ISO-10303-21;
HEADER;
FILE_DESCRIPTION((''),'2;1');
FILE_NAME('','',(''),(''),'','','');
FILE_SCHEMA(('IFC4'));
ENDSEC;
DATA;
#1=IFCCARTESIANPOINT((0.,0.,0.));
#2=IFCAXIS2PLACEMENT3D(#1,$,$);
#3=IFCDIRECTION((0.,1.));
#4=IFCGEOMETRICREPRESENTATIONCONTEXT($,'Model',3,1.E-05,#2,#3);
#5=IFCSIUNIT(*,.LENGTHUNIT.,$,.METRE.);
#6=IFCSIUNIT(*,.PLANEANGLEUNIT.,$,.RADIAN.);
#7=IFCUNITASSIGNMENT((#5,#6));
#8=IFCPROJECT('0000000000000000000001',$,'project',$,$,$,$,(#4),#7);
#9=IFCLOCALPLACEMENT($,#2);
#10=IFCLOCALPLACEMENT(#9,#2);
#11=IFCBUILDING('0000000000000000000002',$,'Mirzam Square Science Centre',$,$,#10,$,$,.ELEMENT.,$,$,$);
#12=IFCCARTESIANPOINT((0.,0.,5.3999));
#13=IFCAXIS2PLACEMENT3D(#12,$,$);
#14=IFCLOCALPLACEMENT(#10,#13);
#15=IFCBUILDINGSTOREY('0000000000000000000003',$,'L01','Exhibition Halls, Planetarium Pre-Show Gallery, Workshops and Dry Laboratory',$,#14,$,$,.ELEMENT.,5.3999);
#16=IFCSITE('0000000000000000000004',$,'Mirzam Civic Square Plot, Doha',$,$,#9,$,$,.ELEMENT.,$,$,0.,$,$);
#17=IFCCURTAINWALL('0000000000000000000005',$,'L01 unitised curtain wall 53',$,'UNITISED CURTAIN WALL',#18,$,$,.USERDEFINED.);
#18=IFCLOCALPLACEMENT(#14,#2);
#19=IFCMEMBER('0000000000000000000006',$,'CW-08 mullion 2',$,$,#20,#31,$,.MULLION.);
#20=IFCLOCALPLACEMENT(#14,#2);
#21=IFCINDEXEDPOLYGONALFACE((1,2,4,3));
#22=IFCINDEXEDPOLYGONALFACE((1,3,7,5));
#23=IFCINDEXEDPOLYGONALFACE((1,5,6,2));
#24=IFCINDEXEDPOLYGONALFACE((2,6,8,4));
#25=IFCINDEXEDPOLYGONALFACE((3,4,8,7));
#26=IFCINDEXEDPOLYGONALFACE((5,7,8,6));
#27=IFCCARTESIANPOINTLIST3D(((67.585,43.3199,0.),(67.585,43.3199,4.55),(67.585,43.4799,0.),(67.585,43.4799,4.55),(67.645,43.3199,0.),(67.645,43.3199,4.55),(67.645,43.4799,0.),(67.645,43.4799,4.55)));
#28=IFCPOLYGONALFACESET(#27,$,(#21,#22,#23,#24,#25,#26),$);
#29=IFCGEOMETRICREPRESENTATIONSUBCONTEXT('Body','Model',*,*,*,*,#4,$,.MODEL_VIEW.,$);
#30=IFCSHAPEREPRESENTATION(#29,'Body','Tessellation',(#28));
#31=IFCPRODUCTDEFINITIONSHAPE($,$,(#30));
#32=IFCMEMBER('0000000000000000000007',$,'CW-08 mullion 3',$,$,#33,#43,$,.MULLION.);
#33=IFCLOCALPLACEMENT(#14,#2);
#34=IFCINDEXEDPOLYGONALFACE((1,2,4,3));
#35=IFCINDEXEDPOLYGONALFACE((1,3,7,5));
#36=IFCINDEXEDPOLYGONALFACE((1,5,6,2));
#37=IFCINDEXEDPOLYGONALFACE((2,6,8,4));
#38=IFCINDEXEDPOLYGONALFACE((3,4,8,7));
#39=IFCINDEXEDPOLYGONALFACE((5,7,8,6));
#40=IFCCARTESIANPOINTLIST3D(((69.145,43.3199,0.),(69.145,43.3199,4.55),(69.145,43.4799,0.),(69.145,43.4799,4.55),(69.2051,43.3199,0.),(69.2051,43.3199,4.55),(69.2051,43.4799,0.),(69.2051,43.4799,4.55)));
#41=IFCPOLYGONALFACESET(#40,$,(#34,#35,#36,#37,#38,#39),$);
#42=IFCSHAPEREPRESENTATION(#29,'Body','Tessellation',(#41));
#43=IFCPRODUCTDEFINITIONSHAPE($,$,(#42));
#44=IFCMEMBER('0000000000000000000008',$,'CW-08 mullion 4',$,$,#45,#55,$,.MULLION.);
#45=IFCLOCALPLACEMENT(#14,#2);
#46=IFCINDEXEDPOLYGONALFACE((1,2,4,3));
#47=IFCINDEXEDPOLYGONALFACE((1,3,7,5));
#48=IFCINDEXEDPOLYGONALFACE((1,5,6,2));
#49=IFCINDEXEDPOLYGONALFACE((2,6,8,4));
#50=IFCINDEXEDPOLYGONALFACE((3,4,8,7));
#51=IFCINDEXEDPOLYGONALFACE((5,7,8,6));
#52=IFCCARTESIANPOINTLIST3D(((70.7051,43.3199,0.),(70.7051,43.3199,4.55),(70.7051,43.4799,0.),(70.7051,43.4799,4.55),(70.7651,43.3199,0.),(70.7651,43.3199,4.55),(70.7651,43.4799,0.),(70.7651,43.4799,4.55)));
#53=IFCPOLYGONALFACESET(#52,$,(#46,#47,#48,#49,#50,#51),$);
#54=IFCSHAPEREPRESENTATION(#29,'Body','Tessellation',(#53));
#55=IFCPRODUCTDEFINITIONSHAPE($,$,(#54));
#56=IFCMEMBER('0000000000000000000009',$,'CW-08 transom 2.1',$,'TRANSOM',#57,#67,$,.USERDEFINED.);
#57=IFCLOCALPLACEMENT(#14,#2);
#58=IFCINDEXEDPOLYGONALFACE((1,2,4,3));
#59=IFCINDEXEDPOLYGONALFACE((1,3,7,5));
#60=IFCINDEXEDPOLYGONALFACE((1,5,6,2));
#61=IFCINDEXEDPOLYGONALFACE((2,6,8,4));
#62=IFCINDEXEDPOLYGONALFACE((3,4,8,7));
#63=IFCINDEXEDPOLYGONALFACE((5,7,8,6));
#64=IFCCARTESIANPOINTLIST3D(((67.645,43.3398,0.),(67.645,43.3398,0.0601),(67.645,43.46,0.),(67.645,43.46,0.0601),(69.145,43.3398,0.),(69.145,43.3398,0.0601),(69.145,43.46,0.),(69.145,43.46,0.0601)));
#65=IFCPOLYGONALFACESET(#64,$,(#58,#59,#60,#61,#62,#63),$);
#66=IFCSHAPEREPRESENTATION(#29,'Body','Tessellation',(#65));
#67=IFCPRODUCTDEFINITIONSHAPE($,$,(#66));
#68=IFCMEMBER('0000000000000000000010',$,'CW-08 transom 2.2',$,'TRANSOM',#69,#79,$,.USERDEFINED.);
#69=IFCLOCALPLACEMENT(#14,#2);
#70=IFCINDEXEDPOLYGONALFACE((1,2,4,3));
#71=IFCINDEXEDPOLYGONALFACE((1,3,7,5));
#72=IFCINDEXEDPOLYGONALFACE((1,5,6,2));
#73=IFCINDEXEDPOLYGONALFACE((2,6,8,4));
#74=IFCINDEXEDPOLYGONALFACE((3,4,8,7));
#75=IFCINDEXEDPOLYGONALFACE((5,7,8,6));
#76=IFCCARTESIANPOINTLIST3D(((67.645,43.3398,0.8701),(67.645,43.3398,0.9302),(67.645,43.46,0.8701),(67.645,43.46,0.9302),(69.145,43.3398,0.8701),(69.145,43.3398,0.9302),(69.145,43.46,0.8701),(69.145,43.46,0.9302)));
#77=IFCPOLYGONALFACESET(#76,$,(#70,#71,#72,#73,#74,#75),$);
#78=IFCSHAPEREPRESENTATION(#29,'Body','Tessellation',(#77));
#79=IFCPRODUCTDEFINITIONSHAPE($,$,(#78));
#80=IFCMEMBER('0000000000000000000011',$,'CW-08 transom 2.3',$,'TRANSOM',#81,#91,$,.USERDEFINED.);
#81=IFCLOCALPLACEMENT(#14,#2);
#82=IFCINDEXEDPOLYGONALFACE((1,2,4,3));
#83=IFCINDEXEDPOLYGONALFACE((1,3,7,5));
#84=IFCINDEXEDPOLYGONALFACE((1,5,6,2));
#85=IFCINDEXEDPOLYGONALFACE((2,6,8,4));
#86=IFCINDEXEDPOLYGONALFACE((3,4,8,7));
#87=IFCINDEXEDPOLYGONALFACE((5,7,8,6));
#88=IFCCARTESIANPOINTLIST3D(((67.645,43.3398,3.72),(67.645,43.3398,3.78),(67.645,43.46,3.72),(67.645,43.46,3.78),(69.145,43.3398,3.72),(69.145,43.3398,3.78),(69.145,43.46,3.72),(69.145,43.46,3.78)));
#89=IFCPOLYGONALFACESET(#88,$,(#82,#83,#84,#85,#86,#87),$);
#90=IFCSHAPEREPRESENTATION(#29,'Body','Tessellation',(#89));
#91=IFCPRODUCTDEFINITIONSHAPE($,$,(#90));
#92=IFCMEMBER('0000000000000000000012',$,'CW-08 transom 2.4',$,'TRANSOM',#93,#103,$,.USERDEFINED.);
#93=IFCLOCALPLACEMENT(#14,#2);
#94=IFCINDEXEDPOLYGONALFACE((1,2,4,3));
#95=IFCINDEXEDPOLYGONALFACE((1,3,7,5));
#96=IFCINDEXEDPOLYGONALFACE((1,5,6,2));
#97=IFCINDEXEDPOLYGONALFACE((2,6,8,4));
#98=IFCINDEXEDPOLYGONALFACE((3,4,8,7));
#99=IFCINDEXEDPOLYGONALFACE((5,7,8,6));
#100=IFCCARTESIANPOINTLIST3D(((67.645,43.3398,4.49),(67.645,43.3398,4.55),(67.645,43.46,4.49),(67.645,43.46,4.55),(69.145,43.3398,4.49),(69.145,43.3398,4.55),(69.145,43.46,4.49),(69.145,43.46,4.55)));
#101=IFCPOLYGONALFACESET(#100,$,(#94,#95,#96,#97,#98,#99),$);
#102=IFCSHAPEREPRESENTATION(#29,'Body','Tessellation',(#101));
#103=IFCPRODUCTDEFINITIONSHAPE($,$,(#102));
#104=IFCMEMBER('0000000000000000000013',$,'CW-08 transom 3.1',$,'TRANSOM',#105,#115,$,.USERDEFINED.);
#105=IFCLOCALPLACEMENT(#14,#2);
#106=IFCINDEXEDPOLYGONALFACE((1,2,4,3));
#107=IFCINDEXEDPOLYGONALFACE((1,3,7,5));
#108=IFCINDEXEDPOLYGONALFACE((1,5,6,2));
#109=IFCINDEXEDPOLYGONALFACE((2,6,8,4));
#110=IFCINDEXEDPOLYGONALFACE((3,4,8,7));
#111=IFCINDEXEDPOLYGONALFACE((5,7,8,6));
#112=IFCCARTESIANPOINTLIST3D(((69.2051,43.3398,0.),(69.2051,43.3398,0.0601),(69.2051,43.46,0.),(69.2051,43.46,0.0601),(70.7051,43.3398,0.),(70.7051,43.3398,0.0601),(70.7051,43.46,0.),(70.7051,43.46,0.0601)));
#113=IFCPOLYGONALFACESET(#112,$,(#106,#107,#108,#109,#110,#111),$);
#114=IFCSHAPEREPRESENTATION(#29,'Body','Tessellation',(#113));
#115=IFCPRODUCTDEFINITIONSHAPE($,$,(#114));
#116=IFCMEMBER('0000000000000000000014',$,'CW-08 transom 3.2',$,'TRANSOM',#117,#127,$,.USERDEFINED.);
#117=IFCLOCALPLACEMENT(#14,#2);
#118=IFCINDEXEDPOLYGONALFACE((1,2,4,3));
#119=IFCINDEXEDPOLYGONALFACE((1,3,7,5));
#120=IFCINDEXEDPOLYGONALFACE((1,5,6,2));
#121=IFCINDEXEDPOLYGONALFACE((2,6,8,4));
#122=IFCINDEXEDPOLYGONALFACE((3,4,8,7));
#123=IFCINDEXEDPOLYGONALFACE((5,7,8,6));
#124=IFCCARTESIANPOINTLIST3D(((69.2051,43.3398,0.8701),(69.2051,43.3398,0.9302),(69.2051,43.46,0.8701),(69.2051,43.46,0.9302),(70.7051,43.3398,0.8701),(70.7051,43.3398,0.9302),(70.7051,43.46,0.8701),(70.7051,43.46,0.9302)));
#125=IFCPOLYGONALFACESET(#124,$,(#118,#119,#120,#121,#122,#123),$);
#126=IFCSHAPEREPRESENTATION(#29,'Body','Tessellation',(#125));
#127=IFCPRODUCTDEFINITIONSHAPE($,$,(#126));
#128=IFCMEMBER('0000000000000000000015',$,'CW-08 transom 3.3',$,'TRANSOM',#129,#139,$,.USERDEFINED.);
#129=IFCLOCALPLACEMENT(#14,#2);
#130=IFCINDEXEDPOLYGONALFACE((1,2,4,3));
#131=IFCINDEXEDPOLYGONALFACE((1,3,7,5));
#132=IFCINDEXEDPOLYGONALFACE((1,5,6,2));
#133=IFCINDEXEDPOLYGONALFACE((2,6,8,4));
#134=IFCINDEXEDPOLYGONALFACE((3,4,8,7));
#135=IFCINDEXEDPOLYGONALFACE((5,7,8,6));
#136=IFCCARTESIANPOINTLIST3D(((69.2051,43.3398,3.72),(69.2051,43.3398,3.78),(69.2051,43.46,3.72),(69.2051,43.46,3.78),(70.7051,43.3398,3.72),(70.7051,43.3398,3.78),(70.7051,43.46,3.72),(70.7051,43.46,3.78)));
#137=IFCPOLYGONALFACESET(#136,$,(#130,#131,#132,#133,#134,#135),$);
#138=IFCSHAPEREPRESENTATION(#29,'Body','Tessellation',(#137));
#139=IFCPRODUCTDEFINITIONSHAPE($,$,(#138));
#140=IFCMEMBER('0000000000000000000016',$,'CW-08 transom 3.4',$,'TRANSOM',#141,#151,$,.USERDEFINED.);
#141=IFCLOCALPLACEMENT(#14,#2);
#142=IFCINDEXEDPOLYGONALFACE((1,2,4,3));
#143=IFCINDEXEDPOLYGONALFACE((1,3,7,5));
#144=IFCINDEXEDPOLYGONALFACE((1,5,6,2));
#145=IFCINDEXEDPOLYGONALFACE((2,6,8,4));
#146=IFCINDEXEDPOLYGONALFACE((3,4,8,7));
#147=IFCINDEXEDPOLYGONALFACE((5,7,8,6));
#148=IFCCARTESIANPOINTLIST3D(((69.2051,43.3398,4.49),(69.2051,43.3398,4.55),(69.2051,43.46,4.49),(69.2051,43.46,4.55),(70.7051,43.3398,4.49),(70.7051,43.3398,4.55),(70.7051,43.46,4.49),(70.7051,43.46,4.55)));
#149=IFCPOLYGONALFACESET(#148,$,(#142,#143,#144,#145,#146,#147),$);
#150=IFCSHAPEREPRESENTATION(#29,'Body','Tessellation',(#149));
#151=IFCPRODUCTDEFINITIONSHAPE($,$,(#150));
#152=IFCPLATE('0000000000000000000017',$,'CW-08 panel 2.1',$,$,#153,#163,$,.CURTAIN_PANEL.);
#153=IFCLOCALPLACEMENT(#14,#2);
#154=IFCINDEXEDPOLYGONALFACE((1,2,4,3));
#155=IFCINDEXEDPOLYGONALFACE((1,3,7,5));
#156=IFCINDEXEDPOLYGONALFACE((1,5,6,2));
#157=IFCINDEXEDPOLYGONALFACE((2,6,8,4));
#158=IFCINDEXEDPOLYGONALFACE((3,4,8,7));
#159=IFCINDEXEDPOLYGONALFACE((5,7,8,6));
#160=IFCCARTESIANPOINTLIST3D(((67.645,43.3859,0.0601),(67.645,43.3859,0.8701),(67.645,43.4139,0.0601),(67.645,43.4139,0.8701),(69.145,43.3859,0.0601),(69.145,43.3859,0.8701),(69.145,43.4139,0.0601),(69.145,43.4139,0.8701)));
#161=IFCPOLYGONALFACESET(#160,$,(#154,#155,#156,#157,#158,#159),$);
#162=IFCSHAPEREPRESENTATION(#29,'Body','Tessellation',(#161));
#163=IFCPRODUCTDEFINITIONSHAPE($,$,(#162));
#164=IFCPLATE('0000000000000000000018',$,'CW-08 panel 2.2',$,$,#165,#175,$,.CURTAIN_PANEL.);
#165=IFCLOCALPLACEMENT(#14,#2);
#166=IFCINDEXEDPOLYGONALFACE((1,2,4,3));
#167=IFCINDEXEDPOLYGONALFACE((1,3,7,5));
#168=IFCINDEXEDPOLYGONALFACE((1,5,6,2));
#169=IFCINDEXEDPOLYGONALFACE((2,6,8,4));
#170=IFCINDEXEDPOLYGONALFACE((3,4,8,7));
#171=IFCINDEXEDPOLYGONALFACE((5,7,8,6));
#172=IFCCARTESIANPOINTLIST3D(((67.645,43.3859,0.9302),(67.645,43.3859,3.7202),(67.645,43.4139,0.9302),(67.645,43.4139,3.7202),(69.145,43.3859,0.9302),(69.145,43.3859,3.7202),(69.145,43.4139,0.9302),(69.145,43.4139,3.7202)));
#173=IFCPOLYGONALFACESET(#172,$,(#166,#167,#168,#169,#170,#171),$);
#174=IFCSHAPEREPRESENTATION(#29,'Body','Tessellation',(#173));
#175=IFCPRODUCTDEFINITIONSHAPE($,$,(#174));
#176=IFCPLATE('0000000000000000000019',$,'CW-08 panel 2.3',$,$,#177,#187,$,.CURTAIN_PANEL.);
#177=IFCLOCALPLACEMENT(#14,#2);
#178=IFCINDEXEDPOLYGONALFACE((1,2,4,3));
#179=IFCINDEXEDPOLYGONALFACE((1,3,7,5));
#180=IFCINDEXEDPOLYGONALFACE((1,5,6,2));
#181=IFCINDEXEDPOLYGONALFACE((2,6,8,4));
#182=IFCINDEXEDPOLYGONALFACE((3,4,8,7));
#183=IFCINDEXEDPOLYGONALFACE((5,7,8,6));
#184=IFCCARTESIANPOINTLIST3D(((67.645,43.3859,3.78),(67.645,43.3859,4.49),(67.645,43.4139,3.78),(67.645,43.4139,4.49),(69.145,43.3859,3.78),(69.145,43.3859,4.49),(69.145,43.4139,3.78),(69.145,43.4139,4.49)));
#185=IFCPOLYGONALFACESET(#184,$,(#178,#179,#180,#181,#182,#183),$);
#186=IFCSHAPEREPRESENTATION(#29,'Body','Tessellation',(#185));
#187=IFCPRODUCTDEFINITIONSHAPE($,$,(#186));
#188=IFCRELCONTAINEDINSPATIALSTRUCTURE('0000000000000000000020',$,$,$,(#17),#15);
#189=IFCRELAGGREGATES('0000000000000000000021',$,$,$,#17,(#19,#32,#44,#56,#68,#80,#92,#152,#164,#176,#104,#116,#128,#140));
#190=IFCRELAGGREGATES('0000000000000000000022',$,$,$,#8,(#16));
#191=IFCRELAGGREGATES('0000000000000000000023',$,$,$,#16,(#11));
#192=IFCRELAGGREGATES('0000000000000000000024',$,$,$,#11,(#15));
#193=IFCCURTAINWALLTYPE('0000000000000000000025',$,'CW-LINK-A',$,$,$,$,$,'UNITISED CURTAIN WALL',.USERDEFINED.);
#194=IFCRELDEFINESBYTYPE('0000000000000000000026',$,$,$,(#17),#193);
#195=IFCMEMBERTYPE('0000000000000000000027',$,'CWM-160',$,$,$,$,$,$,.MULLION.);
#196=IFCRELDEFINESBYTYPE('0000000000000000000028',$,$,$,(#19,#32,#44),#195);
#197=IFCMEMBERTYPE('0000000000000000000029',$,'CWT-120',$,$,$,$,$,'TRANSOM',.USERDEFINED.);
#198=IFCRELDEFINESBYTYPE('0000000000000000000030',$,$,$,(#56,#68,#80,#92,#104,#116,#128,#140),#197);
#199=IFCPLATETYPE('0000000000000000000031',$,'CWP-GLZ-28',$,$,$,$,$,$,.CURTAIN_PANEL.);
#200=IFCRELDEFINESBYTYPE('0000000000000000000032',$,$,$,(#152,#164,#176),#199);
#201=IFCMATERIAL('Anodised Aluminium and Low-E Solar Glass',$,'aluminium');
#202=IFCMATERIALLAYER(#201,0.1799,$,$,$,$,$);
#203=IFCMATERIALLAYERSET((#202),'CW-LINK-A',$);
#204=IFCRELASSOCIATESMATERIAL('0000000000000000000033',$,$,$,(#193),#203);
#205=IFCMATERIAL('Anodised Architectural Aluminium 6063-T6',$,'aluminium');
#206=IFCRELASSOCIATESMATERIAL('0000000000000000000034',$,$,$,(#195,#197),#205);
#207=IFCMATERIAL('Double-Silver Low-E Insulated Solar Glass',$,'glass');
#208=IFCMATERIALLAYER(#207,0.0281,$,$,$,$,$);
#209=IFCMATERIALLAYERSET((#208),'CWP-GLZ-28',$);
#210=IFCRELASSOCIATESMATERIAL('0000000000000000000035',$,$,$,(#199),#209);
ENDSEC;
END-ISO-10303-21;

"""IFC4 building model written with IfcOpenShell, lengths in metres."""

from ifc_helpers import new_model, si_unit, direction, frame, origin, origin_2d, place, context, subcontext, project, spatial, rectangle, extrude, material, layer, layer_set, material_profile, profile_set, type_object, element, aggregate, save


model = new_model("IFC4")

# Units and contexts
model_context = context("Model", 3, precision=1e-05, world=origin(), true_north=direction((0.0, 1.0)))
body_context = subcontext(model_context, "Body", "Model", "MODEL_VIEW")
ifc_project = project(units=[si_unit("LENGTHUNIT", "METRE"), si_unit("PLANEANGLEUNIT", "RADIAN")], contexts=[model_context])

# Site, building, storey
site_placement = place(None, origin())
site = spatial("IfcSite", under=ifc_project, at=site_placement, Name="Mirzam Civic Square Plot, Doha", CompositionType="ELEMENT", RefElevation=0.0)
building_placement = place(site_placement, origin())
building = spatial("IfcBuilding", under=site, at=building_placement, Name="Mirzam Square Science Centre", CompositionType="ELEMENT")
storey_placement = place(building_placement, frame((0.0, 0.0, 5.3999)))
storey = spatial("IfcBuildingStorey", under=building, at=storey_placement, Name="L01", Description="Exhibition Halls, Planetarium Pre-Show Gallery, Workshops and Dry Laboratory", CompositionType="ELEMENT", Elevation=5.3999)

# Curtain wall, members, plates
ifc_material_1 = material(Name="Anodised Aluminium and Low-E Solar Glass", Category="aluminium")
ifc_layer_1 = layer(ifc_material_1, 0.1799)
ifc_layer_set_1 = layer_set([ifc_layer_1], Name="CW-LINK-A")
curtain_wall_type = type_object("IfcCurtainWallType", Name="CW-LINK-A", ElementType="UNITISED CURTAIN WALL", PredefinedType="USERDEFINED", material=ifc_layer_set_1)
curtain_wall_placement = place(storey_placement, origin())
curtain_wall = element("IfcCurtainWall", 1, at=curtain_wall_placement, inside=storey, type_object=curtain_wall_type, Name="L01 unitised curtain wall 53", ObjectType="UNITISED CURTAIN WALL", PredefinedType="USERDEFINED")
ifc_material_2 = material(Name="Anodised Architectural Aluminium 6063-T6", Category="aluminium")
ifc_material_profile_1 = material_profile(ifc_material_2, rectangle(XDim=0.0601, YDim=0.1599, at=origin_2d()), Name="ALU-MULL-160x60x4")
ifc_profile_set_1 = profile_set([ifc_material_profile_1], Name="Anodised Architectural Aluminium 6063-T6")
member_type_1 = type_object("IfcMemberType", Name="CWM-160", PredefinedType="MULLION", material=ifc_profile_set_1)
member_1_placement = place(storey_placement, frame((67.615, 43.3999, 0.0), z_axis=(0.0, 0.0, 1.0), x_axis=(1.0, 0.0, 0.0)))
member_1 = element("IfcMember", 2, at=member_1_placement, type_object=member_type_1, Name="CW-08 mullion 2", PredefinedType="MULLION", context=body_context, shape_type="SweptSolid", body=[
    extrude(rectangle(XDim=0.0601, YDim=0.1599, at=origin_2d()), origin(), (0.0, 0.0, 1.0), 4.55),
])
member_2_placement = place(storey_placement, frame((69.175, 43.3999, 0.0), z_axis=(0.0, 0.0, 1.0), x_axis=(1.0, 0.0, 0.0)))
member_2 = element("IfcMember", 3, at=member_2_placement, type_object=member_type_1, Name="CW-08 mullion 3", PredefinedType="MULLION", context=body_context, shape_type="SweptSolid", body=[
    extrude(rectangle(XDim=0.0601, YDim=0.1599, at=origin_2d()), origin(), (0.0, 0.0, 1.0), 4.55),
])
member_3_placement = place(storey_placement, frame((70.7351, 43.3999, 0.0), z_axis=(0.0, 0.0, 1.0), x_axis=(1.0, 0.0, 0.0)))
member_3 = element("IfcMember", 4, at=member_3_placement, type_object=member_type_1, Name="CW-08 mullion 4", PredefinedType="MULLION", context=body_context, shape_type="SweptSolid", body=[
    extrude(rectangle(XDim=0.0601, YDim=0.1599, at=origin_2d()), origin(), (0.0, 0.0, 1.0), 4.55),
])
ifc_material_profile_2 = material_profile(ifc_material_2, rectangle(XDim=0.1201, YDim=0.0601, at=origin_2d()), Name="ALU-TRAN-120x60x4")
ifc_profile_set_2 = profile_set([ifc_material_profile_2], Name="Anodised Architectural Aluminium 6063-T6")
member_type_2 = type_object("IfcMemberType", Name="CWT-120", ElementType="TRANSOM", PredefinedType="USERDEFINED", material=ifc_profile_set_2)
member_4_placement = place(storey_placement, frame((67.645, 43.3999, 0.03), z_axis=(1.0, 0.0, 0.0), x_axis=(0.0, 1.0, 0.0)))
member_4 = element("IfcMember", 5, at=member_4_placement, type_object=member_type_2, Name="CW-08 transom 2.1", ObjectType="TRANSOM", PredefinedType="USERDEFINED", context=body_context, shape_type="SweptSolid", body=[
    extrude(rectangle(XDim=0.1201, YDim=0.0601, at=origin_2d()), origin(), (0.0, 0.0, 1.0), 1.5),
])
member_5_placement = place(storey_placement, frame((67.645, 43.3999, 0.9001), z_axis=(1.0, 0.0, 0.0), x_axis=(0.0, 1.0, 0.0)))
member_5 = element("IfcMember", 6, at=member_5_placement, type_object=member_type_2, Name="CW-08 transom 2.2", ObjectType="TRANSOM", PredefinedType="USERDEFINED", context=body_context, shape_type="SweptSolid", body=[
    extrude(rectangle(XDim=0.1201, YDim=0.0601, at=origin_2d()), origin(), (0.0, 0.0, 1.0), 1.5),
])
member_6_placement = place(storey_placement, frame((67.645, 43.3999, 3.75), z_axis=(1.0, 0.0, 0.0), x_axis=(0.0, 1.0, 0.0)))
member_6 = element("IfcMember", 7, at=member_6_placement, type_object=member_type_2, Name="CW-08 transom 2.3", ObjectType="TRANSOM", PredefinedType="USERDEFINED", context=body_context, shape_type="SweptSolid", body=[
    extrude(rectangle(XDim=0.1201, YDim=0.0601, at=origin_2d()), origin(), (0.0, 0.0, 1.0), 1.5),
])
member_7_placement = place(storey_placement, frame((67.645, 43.3999, 4.52), z_axis=(1.0, 0.0, 0.0), x_axis=(0.0, 1.0, 0.0)))
member_7 = element("IfcMember", 8, at=member_7_placement, type_object=member_type_2, Name="CW-08 transom 2.4", ObjectType="TRANSOM", PredefinedType="USERDEFINED", context=body_context, shape_type="SweptSolid", body=[
    extrude(rectangle(XDim=0.1201, YDim=0.0601, at=origin_2d()), origin(), (0.0, 0.0, 1.0), 1.5),
])
member_8_placement = place(storey_placement, frame((69.2051, 43.3999, 0.03), z_axis=(1.0, 0.0, 0.0), x_axis=(0.0, 1.0, 0.0)))
member_8 = element("IfcMember", 9, at=member_8_placement, type_object=member_type_2, Name="CW-08 transom 3.1", ObjectType="TRANSOM", PredefinedType="USERDEFINED", context=body_context, shape_type="SweptSolid", body=[
    extrude(rectangle(XDim=0.1201, YDim=0.0601, at=origin_2d()), origin(), (0.0, 0.0, 1.0), 1.5),
])
member_9_placement = place(storey_placement, frame((69.2051, 43.3999, 0.9001), z_axis=(1.0, 0.0, 0.0), x_axis=(0.0, 1.0, 0.0)))
member_9 = element("IfcMember", 10, at=member_9_placement, type_object=member_type_2, Name="CW-08 transom 3.2", ObjectType="TRANSOM", PredefinedType="USERDEFINED", context=body_context, shape_type="SweptSolid", body=[
    extrude(rectangle(XDim=0.1201, YDim=0.0601, at=origin_2d()), origin(), (0.0, 0.0, 1.0), 1.5),
])
member_10_placement = place(storey_placement, frame((69.2051, 43.3999, 3.75), z_axis=(1.0, 0.0, 0.0), x_axis=(0.0, 1.0, 0.0)))
member_10 = element("IfcMember", 11, at=member_10_placement, type_object=member_type_2, Name="CW-08 transom 3.3", ObjectType="TRANSOM", PredefinedType="USERDEFINED", context=body_context, shape_type="SweptSolid", body=[
    extrude(rectangle(XDim=0.1201, YDim=0.0601, at=origin_2d()), origin(), (0.0, 0.0, 1.0), 1.5),
])
member_11_placement = place(storey_placement, frame((69.2051, 43.3999, 4.52), z_axis=(1.0, 0.0, 0.0), x_axis=(0.0, 1.0, 0.0)))
member_11 = element("IfcMember", 12, at=member_11_placement, type_object=member_type_2, Name="CW-08 transom 3.4", ObjectType="TRANSOM", PredefinedType="USERDEFINED", context=body_context, shape_type="SweptSolid", body=[
    extrude(rectangle(XDim=0.1201, YDim=0.0601, at=origin_2d()), origin(), (0.0, 0.0, 1.0), 1.5),
])
ifc_material_3 = material(Name="Double-Silver Low-E Insulated Solar Glass", Category="glass")
ifc_layer_2 = layer(ifc_material_3, 0.0281)
ifc_layer_set_2 = layer_set([ifc_layer_2], Name="CWP-GLZ-28")
plate_type = type_object("IfcPlateType", Name="CWP-GLZ-28", PredefinedType="CURTAIN_PANEL", material=ifc_layer_set_2)
plate_1_placement = place(storey_placement, frame((68.395, 43.3999, 0.0601), z_axis=(0.0, 0.0, 1.0), x_axis=(1.0, 0.0, 0.0)))
plate_1 = element("IfcPlate", 13, at=plate_1_placement, type_object=plate_type, Name="CW-08 panel 2.1", PredefinedType="CURTAIN_PANEL", context=body_context, shape_type="SweptSolid", body=[
    extrude(rectangle(XDim=1.5, YDim=0.0281, at=origin_2d()), origin(), (0.0, 0.0, 1.0), 0.8101),
])
plate_2_placement = place(storey_placement, frame((68.395, 43.3999, 0.9302), z_axis=(0.0, 0.0, 1.0), x_axis=(1.0, 0.0, 0.0)))
plate_2 = element("IfcPlate", 14, at=plate_2_placement, type_object=plate_type, Name="CW-08 panel 2.2", PredefinedType="CURTAIN_PANEL", context=body_context, shape_type="SweptSolid", body=[
    extrude(rectangle(XDim=1.5, YDim=0.0281, at=origin_2d()), origin(), (0.0, 0.0, 1.0), 2.79),
])
plate_3_placement = place(storey_placement, frame((68.395, 43.3999, 3.78), z_axis=(0.0, 0.0, 1.0), x_axis=(1.0, 0.0, 0.0)))
plate_3 = element("IfcPlate", 15, at=plate_3_placement, type_object=plate_type, Name="CW-08 panel 2.3", PredefinedType="CURTAIN_PANEL", context=body_context, shape_type="SweptSolid", body=[
    extrude(rectangle(XDim=1.5, YDim=0.0281, at=origin_2d()), origin(), (0.0, 0.0, 1.0), 0.71),
])
aggregate(curtain_wall, [member_1, member_2, member_3, member_4, member_5, member_6, member_7, plate_1, plate_2, plate_3, member_8, member_9, member_10, member_11])

save(model, "model.ifc")
